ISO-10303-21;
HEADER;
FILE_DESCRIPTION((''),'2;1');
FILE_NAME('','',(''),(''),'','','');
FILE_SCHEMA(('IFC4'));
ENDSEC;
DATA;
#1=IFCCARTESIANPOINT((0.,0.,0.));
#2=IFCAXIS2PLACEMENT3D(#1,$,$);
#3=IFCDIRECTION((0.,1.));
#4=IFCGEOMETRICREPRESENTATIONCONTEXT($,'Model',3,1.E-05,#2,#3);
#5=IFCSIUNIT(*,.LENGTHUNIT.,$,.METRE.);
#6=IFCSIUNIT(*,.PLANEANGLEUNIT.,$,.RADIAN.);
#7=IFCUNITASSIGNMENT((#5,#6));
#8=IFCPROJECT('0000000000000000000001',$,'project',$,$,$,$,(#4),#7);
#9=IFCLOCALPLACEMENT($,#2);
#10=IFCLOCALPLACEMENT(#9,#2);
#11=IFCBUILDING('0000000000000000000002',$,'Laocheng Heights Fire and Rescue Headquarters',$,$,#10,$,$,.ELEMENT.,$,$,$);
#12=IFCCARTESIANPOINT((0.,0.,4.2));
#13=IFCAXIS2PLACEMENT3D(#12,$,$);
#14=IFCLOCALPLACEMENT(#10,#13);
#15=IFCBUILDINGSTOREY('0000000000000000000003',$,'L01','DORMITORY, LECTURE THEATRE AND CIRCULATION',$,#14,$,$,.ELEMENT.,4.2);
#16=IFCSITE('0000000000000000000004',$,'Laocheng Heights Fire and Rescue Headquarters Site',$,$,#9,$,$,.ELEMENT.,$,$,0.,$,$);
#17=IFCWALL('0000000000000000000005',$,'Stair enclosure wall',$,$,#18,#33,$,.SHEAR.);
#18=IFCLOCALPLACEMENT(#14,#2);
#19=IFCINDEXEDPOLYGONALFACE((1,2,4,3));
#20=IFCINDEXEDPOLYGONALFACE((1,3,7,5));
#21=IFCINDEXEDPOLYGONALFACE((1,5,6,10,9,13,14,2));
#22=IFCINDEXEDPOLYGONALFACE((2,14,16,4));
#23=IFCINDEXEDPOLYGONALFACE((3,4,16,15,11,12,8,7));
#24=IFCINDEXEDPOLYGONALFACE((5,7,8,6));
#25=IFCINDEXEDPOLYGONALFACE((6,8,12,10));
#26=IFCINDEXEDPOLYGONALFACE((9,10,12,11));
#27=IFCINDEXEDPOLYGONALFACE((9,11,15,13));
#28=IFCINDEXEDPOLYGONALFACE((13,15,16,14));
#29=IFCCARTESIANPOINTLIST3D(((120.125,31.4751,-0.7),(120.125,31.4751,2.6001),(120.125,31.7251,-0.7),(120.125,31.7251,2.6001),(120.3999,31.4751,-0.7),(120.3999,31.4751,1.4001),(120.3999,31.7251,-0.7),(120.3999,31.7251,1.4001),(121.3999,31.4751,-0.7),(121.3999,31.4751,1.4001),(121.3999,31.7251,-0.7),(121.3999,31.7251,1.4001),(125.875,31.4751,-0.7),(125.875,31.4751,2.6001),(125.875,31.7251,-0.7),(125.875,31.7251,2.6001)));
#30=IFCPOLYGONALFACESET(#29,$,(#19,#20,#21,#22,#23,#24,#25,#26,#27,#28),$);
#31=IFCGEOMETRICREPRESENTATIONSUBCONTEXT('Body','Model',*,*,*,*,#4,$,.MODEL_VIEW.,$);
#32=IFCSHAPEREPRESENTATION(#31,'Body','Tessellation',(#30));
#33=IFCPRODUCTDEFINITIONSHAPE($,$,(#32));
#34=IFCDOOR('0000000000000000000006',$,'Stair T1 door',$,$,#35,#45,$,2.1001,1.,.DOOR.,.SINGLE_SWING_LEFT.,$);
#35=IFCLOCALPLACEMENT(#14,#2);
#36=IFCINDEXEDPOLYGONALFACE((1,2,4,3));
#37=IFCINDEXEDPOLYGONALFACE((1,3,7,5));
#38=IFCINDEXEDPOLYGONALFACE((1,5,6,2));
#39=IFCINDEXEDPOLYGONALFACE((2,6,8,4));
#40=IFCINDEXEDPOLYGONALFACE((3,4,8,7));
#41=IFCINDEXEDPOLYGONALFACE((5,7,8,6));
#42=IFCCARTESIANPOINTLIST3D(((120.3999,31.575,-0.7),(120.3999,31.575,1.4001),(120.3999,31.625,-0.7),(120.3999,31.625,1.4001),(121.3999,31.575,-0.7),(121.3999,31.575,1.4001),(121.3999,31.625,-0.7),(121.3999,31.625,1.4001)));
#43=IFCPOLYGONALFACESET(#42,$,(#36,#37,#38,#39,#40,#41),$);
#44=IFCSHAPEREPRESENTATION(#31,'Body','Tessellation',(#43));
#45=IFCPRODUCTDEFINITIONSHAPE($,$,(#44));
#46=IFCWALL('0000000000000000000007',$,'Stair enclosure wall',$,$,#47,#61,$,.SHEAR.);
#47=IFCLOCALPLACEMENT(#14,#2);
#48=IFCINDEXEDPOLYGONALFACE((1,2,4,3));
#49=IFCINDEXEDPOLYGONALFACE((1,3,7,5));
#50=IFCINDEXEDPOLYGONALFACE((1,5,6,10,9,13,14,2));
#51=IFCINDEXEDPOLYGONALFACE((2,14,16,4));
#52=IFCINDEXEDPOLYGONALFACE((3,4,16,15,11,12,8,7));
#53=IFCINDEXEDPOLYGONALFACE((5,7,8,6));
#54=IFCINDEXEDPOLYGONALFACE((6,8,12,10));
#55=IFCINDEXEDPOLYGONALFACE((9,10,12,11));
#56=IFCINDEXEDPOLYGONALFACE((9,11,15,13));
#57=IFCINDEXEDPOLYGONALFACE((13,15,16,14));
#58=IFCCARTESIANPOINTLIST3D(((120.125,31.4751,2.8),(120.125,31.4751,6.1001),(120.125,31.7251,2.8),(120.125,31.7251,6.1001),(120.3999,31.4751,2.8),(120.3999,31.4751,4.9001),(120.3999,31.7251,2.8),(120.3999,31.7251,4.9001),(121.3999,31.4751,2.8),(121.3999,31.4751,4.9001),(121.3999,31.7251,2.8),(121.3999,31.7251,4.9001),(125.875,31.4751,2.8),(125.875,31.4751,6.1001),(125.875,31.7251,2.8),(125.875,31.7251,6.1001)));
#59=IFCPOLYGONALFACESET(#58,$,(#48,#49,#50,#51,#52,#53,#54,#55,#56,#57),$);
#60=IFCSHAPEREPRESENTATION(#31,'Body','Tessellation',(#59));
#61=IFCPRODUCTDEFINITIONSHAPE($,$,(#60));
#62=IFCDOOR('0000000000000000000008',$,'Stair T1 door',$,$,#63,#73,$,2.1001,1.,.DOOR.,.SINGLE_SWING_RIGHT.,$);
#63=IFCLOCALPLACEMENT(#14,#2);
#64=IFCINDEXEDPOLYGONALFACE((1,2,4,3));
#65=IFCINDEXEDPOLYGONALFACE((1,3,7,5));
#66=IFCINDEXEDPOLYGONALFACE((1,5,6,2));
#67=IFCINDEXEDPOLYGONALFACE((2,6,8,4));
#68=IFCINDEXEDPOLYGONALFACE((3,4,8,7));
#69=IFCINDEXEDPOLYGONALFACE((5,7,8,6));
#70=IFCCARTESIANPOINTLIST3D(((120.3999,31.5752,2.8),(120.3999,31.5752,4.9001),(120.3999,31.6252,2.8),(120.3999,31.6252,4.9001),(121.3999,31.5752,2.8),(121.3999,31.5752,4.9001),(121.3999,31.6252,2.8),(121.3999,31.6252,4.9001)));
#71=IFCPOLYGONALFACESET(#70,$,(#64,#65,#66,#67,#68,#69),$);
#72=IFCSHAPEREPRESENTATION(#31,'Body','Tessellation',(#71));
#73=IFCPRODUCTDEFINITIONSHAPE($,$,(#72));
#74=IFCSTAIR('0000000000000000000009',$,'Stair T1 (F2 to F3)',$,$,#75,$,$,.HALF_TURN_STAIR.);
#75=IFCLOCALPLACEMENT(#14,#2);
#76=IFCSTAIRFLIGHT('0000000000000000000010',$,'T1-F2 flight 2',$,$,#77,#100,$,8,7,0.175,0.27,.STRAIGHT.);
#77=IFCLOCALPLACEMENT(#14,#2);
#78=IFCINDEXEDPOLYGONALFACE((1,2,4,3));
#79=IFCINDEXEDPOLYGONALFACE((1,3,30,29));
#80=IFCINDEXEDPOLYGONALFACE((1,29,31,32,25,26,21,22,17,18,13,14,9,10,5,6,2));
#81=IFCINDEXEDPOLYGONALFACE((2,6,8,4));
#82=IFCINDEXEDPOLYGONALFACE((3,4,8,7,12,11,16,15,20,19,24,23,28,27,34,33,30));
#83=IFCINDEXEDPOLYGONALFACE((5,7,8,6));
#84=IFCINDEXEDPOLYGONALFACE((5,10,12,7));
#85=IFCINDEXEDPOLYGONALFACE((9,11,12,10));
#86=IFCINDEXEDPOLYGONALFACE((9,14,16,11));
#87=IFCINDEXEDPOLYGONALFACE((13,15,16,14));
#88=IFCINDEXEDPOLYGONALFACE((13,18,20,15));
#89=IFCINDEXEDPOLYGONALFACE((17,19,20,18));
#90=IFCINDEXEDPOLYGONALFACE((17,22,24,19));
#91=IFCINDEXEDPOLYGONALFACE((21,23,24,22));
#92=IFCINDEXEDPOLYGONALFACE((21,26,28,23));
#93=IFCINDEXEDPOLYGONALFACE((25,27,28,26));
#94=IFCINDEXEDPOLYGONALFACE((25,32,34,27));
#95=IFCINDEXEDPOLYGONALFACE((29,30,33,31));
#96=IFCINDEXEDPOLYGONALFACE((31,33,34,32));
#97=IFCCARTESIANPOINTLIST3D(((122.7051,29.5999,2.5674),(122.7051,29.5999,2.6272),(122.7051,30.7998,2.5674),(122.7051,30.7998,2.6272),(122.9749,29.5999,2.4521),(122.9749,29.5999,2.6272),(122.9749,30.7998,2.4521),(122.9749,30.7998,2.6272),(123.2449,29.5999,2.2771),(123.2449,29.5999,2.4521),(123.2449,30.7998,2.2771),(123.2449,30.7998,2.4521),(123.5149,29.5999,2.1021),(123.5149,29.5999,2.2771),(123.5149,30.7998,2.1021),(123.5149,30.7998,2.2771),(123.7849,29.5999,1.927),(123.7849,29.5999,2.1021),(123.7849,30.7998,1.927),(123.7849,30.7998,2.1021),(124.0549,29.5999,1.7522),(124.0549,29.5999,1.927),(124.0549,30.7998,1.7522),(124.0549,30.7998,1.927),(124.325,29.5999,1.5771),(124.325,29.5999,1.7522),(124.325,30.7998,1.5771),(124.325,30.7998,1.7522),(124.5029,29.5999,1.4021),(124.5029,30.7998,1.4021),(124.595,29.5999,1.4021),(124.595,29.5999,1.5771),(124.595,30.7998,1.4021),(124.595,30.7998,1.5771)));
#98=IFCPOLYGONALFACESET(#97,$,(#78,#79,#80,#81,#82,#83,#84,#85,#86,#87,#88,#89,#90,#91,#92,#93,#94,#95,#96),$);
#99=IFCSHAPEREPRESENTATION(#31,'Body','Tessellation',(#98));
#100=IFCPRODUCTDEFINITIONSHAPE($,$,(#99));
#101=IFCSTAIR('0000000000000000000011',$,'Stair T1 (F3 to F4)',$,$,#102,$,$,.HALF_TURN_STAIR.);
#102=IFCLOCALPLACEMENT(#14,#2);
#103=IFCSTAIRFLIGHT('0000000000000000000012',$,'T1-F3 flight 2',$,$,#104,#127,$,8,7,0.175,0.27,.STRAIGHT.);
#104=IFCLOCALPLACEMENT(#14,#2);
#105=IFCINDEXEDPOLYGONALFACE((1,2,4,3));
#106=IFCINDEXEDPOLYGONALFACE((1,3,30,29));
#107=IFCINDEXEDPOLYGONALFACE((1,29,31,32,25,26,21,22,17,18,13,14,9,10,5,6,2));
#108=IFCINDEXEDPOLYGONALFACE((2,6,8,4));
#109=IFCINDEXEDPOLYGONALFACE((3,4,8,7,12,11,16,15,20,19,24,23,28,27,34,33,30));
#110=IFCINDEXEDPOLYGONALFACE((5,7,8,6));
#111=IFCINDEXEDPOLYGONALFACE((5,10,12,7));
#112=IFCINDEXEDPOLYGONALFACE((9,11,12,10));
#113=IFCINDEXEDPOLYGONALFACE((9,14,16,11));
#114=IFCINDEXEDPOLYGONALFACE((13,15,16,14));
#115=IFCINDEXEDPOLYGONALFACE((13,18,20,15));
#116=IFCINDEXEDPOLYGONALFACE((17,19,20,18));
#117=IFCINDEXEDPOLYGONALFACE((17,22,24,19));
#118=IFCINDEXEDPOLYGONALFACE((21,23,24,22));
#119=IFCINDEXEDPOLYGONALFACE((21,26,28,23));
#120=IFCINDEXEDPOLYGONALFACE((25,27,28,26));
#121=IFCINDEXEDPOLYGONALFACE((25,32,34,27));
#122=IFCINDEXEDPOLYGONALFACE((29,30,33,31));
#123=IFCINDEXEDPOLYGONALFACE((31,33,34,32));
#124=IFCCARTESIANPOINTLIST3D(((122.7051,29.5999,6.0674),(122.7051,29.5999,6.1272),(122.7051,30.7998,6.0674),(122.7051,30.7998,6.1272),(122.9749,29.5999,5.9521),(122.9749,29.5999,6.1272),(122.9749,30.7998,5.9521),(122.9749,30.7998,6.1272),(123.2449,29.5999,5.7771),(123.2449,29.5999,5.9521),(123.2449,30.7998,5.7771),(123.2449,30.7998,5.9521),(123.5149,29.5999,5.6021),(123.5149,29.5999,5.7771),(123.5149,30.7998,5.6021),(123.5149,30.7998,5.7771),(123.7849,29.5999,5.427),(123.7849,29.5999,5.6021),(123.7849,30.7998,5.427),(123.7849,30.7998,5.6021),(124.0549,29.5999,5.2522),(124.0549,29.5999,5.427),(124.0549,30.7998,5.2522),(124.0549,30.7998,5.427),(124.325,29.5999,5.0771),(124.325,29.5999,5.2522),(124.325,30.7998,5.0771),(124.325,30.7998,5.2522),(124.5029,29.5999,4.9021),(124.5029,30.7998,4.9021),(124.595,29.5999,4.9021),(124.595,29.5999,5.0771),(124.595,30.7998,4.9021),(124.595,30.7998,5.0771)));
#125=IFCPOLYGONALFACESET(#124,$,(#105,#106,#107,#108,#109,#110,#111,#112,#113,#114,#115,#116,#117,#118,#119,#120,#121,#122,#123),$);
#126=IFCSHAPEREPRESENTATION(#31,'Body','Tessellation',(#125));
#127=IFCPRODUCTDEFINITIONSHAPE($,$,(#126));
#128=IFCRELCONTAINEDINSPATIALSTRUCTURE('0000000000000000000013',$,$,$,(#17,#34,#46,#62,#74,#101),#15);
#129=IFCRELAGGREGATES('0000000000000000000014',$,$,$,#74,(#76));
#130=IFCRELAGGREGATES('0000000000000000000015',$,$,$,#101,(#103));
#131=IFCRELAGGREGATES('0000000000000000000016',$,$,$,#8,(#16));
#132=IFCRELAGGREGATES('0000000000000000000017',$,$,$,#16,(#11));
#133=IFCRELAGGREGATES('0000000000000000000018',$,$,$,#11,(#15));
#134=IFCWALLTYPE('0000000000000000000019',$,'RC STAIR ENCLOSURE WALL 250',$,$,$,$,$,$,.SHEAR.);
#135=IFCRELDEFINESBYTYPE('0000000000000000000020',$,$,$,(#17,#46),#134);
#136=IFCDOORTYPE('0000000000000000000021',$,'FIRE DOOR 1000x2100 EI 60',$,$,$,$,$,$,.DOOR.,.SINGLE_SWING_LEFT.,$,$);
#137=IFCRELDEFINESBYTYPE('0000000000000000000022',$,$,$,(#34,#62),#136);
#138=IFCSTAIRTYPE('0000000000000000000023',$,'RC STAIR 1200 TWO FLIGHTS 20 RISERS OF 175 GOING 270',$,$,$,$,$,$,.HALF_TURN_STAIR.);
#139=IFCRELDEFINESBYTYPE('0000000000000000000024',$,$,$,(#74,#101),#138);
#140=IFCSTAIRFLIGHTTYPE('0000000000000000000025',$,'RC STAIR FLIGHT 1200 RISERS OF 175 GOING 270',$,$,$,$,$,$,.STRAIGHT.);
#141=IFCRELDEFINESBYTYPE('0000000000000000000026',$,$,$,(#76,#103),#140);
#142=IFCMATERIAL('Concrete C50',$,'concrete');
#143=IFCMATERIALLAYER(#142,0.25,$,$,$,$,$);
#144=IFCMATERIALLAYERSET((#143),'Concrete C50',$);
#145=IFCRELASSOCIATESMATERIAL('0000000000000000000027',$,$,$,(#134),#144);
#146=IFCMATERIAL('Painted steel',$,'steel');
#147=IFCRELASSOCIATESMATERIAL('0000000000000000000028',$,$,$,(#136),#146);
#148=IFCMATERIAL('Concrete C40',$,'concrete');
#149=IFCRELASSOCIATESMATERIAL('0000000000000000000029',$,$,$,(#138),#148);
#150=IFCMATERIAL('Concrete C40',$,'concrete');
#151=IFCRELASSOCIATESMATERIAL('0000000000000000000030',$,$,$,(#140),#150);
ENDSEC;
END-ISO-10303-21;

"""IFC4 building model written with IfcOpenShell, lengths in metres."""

from ifc_helpers import new_model, si_unit, direction, frame, frame_2d, origin, place, context, subcontext, project, spatial, polyline, rectangle, outline, extrude, material, layer, layer_set, type_object, element, fill, aggregate, save


model = new_model("IFC4")

# Units and contexts
model_context = context("Model", 3, precision=1e-05, world=origin(), true_north=direction((0.0, 1.0)))
body_context = subcontext(model_context, "Body", "Model", "MODEL_VIEW")
ifc_project = project(units=[si_unit("LENGTHUNIT", "METRE"), si_unit("PLANEANGLEUNIT", "RADIAN")], contexts=[model_context])

# Site, building, storey
site_placement = place(None, origin())
site = spatial("IfcSite", under=ifc_project, at=site_placement, Name="Laocheng Heights Fire and Rescue Headquarters Site", CompositionType="ELEMENT", RefElevation=0.0)
building_placement = place(site_placement, origin())
building = spatial("IfcBuilding", under=site, at=building_placement, Name="Laocheng Heights Fire and Rescue Headquarters", CompositionType="ELEMENT")
storey_placement = place(building_placement, frame((0.0, 0.0, 4.2)))
storey = spatial("IfcBuildingStorey", under=building, at=storey_placement, Name="L01", Description="DORMITORY, LECTURE THEATRE AND CIRCULATION", CompositionType="ELEMENT", Elevation=4.2)

# Walls, openings, doors
ifc_material_1 = material(Name="Concrete C50", Category="concrete")
ifc_layer_1 = layer(ifc_material_1, 0.25)
ifc_layer_set_1 = layer_set([ifc_layer_1], Name="Concrete C50")
wall_type_1 = type_object("IfcWallType", Name="RC STAIR ENCLOSURE WALL 250", PredefinedType="SHEAR", material=ifc_layer_set_1)
wall_1_placement = place(storey_placement, frame((120.125, 31.6001, -0.7), z_axis=(0.0, 0.0, 1.0), x_axis=(1.0, 0.0, 0.0)))
wall_1 = element("IfcWall", 1, at=wall_1_placement, inside=storey, type_object=wall_type_1, Name="Stair enclosure wall", PredefinedType="SHEAR", context=body_context, shape_type="SweptSolid", body=[
    extrude(rectangle(XDim=5.75, YDim=0.25, at=frame_2d((2.875, 0.0))), origin(), (0.0, 0.0, 1.0), 3.3),
])
opening_1_placement = place(wall_1_placement, frame((0.2749, 0.0, 0.0)))
opening_1 = element("IfcOpeningElement", 2, at=opening_1_placement, cuts=wall_1, PredefinedType="OPENING", context=body_context, shape_type="SweptSolid", body=[
    extrude(rectangle(XDim=1.0, YDim=2.1001, at=frame_2d((0.5, 1.05))), frame((0.0, 0.135, 0.0), z_axis=(0.0, -1.0, 0.0), x_axis=(1.0, 0.0, 0.0)), (0.0, 0.0, 1.0), 0.27),
])
ifc_material_2 = material(Name="Painted steel", Category="steel")
door_type_1 = type_object("IfcDoorType", Name="FIRE DOOR 1000x2100 EI 60", OperationType="SINGLE_SWING_LEFT", PredefinedType="DOOR", material=ifc_material_2)
door_1_placement = place(opening_1_placement, origin())
door_1 = element("IfcDoor", 3, at=door_1_placement, inside=storey, type_object=door_type_1, Name="Stair T1 door", OperationType="SINGLE_SWING_LEFT", OverallHeight=2.1001, OverallWidth=1.0, PredefinedType="DOOR", context=body_context, shape_type="SweptSolid", body=[
    extrude(rectangle(XDim=1.0, YDim=2.1001, at=frame_2d((0.5, 1.05))), frame((0.0, 0.0249, 0.0), z_axis=(0.0, -1.0, 0.0), x_axis=(1.0, 0.0, 0.0)), (0.0, 0.0, 1.0), 0.05),
])
fill(opening_1, door_1)
wall_2_placement = place(storey_placement, frame((120.125, 31.6001, 2.8), z_axis=(0.0, 0.0, 1.0), x_axis=(1.0, 0.0, 0.0)))
wall_2 = element("IfcWall", 4, at=wall_2_placement, inside=storey, type_object=wall_type_1, Name="Stair enclosure wall", PredefinedType="SHEAR", context=body_context, shape_type="SweptSolid", body=[
    extrude(rectangle(XDim=5.75, YDim=0.25, at=frame_2d((2.875, 0.0))), origin(), (0.0, 0.0, 1.0), 3.3),
])
opening_2_placement = place(wall_2_placement, frame((0.2749, 0.0, 0.0)))
opening_2 = element("IfcOpeningElement", 5, at=opening_2_placement, cuts=wall_2, PredefinedType="OPENING", context=body_context, shape_type="SweptSolid", body=[
    extrude(rectangle(XDim=1.0, YDim=2.1001, at=frame_2d((0.5, 1.05))), frame((0.0, 0.135, 0.0), z_axis=(0.0, -1.0, 0.0), x_axis=(1.0, 0.0, 0.0)), (0.0, 0.0, 1.0), 0.27),
])
door_2_placement = place(opening_2_placement, frame((1.0, 0.0, 0.0), z_axis=(0.0, 0.0, 1.0), x_axis=(-1.0, 0.0, 0.0)))
door_2 = element("IfcDoor", 6, at=door_2_placement, inside=storey, type_object=door_type_1, Name="Stair T1 door", OperationType="SINGLE_SWING_RIGHT", OverallHeight=2.1001, OverallWidth=1.0, PredefinedType="DOOR", context=body_context, shape_type="SweptSolid", body=[
    extrude(rectangle(XDim=1.0, YDim=2.1001, at=frame_2d((0.5, 1.05))), frame((0.0, 0.0249, 0.0), z_axis=(0.0, -1.0, 0.0), x_axis=(1.0, 0.0, 0.0)), (0.0, 0.0, 1.0), 0.05),
])
fill(opening_2, door_2)

# Stairs, stair flights
ifc_material_3 = material(Name="Concrete C40", Category="concrete")
stair_type = type_object("IfcStairType", Name="RC STAIR 1200 TWO FLIGHTS 20 RISERS OF 175 GOING 270", PredefinedType="HALF_TURN_STAIR", material=ifc_material_3)
stair_1_placement = place(storey_placement, origin())
stair_1 = element("IfcStair", 7, at=stair_1_placement, inside=storey, type_object=stair_type, Name="Stair T1 (F2 to F3)", PredefinedType="HALF_TURN_STAIR")
ifc_material_4 = material(Name="Concrete C40", Category="concrete")
stair_flight_type = type_object("IfcStairFlightType", Name="RC STAIR FLIGHT 1200 RISERS OF 175 GOING 270", PredefinedType="STRAIGHT", material=ifc_material_4)
stair_flight_1_placement = place(storey_placement, frame((124.595, 30.2, 1.4021), z_axis=(0.0, 0.0, 1.0), x_axis=(-1.0, 0.0, 0.0)))
stair_flight_1 = element("IfcStairFlight", 8, at=stair_flight_1_placement, type_object=stair_flight_type, Name="T1-F2 flight 2", NumberOfRisers=8, NumberOfTreads=7, PredefinedType="STRAIGHT", RiserHeight=0.175, TreadLength=0.27, context=body_context, shape_type="SweptSolid", body=[
    extrude(outline(polyline([(0.0, 0.0), (0.0, 0.175), (0.27, 0.175), (0.27, 0.3501), (0.54, 0.3501), (0.54, 0.5249), (0.8101, 0.5249), (0.8101, 0.7), (1.0801, 0.7), (1.0801, 0.875), (1.3501, 0.875), (1.3501, 1.05), (1.6201, 1.05), (1.6201, 1.2251), (1.8899, 1.2251), (1.8899, 1.3999), (1.8899, 1.1653), (0.092, 0.0), (0.0, 0.0)])), frame((0.0, 0.6001, 0.0), z_axis=(0.0, -1.0, 0.0), x_axis=(1.0, 0.0, 0.0)), (0.0, 0.0, 1.0), 1.2),
])
aggregate(stair_1, [stair_flight_1])
stair_2_placement = place(storey_placement, origin())
stair_2 = element("IfcStair", 9, at=stair_2_placement, inside=storey, type_object=stair_type, Name="Stair T1 (F3 to F4)", PredefinedType="HALF_TURN_STAIR")
stair_flight_2_placement = place(storey_placement, frame((124.595, 30.2, 4.9021), z_axis=(0.0, 0.0, 1.0), x_axis=(-1.0, 0.0, 0.0)))
stair_flight_2 = element("IfcStairFlight", 10, at=stair_flight_2_placement, type_object=stair_flight_type, Name="T1-F3 flight 2", NumberOfRisers=8, NumberOfTreads=7, PredefinedType="STRAIGHT", RiserHeight=0.175, TreadLength=0.27, context=body_context, shape_type="SweptSolid", body=[
    extrude(outline(polyline([(0.0, 0.0), (0.0, 0.175), (0.27, 0.175), (0.27, 0.3501), (0.54, 0.3501), (0.54, 0.5249), (0.8101, 0.5249), (0.8101, 0.7), (1.0801, 0.7), (1.0801, 0.875), (1.3501, 0.875), (1.3501, 1.05), (1.6201, 1.05), (1.6201, 1.2251), (1.8899, 1.2251), (1.8899, 1.3999), (1.8899, 1.1653), (0.092, 0.0), (0.0, 0.0)])), frame((0.0, 0.6001, 0.0), z_axis=(0.0, -1.0, 0.0), x_axis=(1.0, 0.0, 0.0)), (0.0, 0.0, 1.0), 1.2),
])
aggregate(stair_2, [stair_flight_2])

save(model, "model.ifc")
